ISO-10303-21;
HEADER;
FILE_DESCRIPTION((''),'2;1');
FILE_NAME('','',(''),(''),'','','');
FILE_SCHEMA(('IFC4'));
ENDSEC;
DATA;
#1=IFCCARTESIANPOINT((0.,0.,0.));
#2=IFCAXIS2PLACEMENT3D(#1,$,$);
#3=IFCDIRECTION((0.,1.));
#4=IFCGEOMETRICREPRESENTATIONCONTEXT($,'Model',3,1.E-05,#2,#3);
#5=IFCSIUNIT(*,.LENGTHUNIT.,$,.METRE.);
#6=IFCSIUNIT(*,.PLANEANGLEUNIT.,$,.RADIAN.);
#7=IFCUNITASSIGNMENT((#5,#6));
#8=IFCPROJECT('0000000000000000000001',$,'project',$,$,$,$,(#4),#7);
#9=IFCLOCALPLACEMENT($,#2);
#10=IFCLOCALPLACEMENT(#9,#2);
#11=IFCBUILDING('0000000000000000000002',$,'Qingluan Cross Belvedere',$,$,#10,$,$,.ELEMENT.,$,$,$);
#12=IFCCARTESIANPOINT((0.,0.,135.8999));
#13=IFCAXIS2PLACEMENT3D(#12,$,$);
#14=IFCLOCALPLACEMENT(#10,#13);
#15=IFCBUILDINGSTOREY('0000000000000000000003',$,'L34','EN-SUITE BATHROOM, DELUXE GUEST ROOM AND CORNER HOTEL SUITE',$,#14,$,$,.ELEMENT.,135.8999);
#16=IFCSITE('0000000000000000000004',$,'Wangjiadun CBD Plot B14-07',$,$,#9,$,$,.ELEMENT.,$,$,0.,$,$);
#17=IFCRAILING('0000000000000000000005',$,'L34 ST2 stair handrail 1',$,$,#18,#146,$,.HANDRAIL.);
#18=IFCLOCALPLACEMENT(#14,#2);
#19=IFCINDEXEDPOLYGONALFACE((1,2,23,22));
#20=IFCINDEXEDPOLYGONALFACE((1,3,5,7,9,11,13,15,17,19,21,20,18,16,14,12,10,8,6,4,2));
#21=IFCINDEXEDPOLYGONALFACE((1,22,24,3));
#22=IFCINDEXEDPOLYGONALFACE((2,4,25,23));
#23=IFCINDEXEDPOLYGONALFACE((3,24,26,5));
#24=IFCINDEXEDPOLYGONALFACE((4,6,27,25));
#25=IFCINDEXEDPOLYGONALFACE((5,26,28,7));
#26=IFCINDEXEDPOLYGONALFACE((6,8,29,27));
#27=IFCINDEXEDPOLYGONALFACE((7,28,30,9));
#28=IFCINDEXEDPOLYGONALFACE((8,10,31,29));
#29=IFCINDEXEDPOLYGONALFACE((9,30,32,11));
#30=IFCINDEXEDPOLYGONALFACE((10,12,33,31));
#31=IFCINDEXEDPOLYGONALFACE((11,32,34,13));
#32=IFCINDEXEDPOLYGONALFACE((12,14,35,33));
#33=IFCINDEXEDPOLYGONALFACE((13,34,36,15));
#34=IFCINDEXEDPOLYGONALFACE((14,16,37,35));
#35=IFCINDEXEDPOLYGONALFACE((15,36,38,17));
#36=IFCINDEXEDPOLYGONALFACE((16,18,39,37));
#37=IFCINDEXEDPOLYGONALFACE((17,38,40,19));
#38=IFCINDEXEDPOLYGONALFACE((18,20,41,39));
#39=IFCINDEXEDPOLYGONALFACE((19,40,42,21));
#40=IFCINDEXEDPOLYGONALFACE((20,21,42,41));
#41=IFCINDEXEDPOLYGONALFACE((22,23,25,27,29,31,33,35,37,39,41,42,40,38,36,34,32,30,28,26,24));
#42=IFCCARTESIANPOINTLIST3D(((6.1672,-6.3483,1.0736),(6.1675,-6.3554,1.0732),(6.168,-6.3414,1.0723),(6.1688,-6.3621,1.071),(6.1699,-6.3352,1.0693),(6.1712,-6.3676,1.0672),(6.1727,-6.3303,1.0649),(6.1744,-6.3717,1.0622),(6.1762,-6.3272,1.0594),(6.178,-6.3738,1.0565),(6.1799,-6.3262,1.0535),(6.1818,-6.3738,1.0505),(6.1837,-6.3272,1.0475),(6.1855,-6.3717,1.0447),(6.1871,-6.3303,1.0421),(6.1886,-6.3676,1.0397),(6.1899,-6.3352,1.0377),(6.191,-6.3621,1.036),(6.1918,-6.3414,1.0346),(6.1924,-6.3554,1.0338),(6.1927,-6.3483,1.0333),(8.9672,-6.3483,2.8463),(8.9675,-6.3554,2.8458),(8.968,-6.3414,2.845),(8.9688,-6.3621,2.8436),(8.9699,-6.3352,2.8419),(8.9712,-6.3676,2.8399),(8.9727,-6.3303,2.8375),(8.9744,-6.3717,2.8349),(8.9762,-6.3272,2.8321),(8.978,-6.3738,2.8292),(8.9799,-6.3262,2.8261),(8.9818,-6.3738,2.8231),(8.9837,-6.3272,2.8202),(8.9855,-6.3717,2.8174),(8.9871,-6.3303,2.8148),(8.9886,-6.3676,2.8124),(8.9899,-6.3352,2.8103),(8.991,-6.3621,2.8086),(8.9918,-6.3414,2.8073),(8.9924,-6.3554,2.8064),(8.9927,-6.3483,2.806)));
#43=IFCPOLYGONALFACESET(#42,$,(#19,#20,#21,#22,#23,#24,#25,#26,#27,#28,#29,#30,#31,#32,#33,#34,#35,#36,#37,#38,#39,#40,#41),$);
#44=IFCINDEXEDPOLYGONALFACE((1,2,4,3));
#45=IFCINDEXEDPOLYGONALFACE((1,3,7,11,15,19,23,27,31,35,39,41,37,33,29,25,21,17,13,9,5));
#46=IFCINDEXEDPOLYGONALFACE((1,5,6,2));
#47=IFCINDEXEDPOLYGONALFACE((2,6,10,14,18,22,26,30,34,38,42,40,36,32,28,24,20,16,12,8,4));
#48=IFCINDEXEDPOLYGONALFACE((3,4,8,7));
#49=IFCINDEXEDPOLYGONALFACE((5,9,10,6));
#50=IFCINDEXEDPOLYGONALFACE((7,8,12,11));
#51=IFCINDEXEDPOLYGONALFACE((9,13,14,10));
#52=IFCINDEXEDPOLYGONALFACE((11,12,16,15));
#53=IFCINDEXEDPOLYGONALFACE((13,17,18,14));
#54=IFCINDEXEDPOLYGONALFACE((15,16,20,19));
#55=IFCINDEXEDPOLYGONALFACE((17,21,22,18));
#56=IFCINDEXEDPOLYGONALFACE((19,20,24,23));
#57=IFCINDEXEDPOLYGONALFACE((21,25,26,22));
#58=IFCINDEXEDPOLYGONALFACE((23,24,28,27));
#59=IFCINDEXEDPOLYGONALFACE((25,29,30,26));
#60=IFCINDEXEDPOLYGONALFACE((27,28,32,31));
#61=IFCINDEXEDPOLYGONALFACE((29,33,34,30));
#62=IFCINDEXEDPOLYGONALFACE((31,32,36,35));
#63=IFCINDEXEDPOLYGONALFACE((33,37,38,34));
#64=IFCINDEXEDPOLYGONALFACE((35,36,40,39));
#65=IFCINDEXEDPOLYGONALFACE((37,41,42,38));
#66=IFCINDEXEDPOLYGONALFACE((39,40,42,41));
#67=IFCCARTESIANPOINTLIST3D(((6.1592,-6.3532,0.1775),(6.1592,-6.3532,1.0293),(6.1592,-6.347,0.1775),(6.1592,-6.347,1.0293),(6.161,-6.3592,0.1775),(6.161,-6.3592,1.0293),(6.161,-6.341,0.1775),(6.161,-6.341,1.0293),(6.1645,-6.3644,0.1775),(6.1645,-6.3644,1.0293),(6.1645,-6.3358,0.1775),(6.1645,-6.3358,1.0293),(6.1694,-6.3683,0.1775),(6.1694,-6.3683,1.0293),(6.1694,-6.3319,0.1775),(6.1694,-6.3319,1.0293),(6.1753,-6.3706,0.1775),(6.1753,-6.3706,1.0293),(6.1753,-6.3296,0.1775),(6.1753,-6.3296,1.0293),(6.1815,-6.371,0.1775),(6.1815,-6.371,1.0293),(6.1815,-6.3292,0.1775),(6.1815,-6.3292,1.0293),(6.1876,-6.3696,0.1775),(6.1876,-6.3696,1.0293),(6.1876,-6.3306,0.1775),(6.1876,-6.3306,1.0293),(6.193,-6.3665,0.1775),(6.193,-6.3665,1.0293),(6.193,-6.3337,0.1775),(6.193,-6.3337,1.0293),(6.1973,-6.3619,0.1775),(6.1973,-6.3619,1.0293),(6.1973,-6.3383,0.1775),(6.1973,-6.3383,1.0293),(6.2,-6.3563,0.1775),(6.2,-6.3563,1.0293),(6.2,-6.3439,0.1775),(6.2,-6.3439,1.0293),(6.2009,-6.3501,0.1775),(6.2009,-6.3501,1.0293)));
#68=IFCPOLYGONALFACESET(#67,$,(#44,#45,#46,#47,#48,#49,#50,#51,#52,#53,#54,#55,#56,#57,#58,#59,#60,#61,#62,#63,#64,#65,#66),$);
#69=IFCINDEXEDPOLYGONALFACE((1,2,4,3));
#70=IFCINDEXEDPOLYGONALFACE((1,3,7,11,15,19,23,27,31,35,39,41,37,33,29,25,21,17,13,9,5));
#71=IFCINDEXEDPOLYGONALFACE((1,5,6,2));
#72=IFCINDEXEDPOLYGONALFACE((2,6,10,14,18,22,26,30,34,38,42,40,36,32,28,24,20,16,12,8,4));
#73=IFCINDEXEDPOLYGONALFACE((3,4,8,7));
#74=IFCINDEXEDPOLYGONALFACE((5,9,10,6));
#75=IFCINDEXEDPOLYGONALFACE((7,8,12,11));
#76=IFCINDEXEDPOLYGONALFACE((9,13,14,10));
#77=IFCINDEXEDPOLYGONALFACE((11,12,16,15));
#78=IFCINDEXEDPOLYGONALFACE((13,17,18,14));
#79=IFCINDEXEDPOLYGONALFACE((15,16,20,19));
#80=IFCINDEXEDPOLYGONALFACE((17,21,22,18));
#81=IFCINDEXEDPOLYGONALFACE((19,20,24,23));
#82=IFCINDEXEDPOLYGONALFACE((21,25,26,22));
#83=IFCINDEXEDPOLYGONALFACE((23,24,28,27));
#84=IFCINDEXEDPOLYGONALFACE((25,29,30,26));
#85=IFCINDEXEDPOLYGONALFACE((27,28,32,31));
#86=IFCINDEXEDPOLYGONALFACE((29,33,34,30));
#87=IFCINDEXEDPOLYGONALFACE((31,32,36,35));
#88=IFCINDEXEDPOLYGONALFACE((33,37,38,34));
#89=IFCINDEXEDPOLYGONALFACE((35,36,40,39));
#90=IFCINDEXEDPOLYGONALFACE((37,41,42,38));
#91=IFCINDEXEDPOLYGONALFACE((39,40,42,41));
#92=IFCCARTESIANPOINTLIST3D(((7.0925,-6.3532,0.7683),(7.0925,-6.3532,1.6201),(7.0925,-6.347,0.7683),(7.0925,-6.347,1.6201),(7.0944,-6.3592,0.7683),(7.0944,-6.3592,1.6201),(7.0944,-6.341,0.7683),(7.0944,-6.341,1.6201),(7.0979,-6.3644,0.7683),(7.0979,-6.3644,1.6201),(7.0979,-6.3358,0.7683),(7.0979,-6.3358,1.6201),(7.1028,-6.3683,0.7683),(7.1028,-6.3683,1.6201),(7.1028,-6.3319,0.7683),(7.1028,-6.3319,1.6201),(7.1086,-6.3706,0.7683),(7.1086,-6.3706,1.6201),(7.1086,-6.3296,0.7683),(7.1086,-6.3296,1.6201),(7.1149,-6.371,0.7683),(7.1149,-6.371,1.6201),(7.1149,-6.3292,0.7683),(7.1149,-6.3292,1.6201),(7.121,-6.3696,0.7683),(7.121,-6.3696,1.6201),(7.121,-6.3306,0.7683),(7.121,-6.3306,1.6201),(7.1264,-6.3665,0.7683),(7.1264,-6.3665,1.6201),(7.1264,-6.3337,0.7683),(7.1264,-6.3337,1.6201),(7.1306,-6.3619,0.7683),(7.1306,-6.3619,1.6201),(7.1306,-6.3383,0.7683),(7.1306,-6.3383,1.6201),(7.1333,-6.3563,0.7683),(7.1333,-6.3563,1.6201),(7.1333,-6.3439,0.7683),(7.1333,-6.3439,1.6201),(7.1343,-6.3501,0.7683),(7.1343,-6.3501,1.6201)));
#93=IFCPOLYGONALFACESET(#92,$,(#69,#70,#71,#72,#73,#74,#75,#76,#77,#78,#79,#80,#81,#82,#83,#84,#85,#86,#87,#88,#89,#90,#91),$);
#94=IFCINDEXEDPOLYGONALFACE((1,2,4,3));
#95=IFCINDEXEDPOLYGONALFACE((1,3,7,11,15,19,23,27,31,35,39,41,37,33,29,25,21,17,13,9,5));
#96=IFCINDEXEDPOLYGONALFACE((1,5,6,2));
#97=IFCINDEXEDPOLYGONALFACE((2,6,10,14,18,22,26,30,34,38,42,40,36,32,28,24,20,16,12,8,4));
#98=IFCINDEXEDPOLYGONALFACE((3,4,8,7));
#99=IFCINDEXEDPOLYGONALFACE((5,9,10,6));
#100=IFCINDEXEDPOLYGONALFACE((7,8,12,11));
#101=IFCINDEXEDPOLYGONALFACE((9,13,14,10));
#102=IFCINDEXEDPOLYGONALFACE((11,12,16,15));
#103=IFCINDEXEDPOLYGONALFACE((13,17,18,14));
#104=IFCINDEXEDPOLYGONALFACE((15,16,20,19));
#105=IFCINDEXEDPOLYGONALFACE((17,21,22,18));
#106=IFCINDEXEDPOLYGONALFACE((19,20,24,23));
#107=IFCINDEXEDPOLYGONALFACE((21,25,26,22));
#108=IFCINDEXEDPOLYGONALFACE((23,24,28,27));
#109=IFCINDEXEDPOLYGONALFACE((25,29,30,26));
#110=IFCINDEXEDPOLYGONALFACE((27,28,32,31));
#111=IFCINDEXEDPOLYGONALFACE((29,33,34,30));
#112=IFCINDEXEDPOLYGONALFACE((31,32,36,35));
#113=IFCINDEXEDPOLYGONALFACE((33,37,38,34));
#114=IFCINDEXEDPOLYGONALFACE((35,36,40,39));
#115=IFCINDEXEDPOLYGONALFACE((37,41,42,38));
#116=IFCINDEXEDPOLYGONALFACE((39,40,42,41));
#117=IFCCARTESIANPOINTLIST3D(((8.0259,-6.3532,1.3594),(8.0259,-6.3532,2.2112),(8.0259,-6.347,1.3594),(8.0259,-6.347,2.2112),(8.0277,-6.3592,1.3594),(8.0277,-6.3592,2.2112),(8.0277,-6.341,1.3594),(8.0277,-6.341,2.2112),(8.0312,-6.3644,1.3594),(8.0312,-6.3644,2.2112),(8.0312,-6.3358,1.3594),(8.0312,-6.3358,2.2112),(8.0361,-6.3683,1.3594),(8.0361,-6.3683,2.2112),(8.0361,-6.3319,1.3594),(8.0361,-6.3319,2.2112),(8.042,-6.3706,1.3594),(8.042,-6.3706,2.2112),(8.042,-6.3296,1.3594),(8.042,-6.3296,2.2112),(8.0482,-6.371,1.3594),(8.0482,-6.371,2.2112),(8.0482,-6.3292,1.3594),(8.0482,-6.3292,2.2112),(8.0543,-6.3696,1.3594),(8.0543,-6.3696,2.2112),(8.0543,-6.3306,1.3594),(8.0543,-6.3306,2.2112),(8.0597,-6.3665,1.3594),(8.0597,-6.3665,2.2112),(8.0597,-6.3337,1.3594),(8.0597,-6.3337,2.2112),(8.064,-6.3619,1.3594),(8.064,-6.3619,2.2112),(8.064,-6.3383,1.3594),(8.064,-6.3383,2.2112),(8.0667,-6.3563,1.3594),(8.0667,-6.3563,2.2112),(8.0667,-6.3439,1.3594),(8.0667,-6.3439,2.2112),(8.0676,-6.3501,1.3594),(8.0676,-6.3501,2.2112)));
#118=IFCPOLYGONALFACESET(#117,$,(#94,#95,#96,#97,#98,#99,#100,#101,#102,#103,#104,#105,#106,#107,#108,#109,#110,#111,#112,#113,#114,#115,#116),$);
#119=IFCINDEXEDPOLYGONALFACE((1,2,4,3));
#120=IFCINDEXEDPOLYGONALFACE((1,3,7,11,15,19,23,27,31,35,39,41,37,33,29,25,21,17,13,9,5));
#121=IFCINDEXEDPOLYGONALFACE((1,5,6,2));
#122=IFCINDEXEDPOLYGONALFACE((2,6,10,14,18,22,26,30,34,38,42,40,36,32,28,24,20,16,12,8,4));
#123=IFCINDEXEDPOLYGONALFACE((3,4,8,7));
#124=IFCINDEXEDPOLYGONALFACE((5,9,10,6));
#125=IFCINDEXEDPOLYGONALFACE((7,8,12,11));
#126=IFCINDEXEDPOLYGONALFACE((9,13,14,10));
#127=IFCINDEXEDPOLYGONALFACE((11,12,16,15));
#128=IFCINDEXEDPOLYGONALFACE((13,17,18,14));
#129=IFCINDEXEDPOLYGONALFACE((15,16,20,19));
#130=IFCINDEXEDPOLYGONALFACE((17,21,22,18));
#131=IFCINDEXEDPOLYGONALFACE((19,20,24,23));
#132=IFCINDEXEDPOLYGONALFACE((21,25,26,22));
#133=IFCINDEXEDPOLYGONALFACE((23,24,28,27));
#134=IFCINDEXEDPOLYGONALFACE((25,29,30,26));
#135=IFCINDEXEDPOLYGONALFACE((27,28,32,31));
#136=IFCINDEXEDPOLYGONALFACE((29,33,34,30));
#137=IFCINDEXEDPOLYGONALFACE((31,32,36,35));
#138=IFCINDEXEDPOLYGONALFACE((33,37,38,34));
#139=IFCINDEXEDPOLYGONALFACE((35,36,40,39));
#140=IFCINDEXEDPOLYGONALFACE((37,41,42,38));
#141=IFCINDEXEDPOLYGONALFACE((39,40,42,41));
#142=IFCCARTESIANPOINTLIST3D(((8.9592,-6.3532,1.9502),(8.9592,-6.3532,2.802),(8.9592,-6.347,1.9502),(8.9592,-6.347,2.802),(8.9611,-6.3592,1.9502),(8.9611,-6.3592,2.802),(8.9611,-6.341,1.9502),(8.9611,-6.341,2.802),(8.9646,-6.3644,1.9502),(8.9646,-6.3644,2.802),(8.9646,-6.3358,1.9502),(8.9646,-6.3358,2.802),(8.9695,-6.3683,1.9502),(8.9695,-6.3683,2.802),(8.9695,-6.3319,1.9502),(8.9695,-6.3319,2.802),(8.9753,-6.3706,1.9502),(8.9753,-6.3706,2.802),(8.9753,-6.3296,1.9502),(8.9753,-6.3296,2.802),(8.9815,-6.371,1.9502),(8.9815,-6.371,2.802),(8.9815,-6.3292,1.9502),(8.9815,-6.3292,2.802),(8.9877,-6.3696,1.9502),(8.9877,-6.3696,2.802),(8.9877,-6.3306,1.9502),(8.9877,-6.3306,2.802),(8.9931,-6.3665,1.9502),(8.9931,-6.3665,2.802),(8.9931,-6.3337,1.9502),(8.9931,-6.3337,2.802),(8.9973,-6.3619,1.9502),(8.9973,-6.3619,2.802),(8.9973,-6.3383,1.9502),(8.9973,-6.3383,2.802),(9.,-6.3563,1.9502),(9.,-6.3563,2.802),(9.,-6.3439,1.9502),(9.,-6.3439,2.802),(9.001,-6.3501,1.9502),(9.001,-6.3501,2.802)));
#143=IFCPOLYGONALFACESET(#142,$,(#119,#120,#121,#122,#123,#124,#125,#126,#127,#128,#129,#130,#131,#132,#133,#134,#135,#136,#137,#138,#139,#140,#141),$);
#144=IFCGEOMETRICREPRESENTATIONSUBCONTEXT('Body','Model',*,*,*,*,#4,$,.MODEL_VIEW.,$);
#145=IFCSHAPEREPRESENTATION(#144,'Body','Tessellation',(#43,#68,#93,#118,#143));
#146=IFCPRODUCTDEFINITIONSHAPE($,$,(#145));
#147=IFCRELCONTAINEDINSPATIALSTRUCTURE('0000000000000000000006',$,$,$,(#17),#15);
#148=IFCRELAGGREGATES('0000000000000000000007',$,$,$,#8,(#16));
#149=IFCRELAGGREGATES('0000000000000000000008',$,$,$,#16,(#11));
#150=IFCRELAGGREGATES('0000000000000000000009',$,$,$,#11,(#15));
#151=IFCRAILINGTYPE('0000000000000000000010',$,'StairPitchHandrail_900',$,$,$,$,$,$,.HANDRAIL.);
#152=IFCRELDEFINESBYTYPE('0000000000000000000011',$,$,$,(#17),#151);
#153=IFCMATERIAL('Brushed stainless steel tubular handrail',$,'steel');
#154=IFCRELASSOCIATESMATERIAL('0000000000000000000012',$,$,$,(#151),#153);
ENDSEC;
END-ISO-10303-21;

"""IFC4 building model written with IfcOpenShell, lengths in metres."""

from ifc_helpers import new_model, si_unit, direction, frame, origin, origin_2d, place, context, subcontext, project, spatial, circle, extrude, material, type_object, element, save


model = new_model("IFC4")

# Units and contexts
model_context = context("Model", 3, precision=1e-05, world=origin(), true_north=direction((0.0, 1.0)))
body_context = subcontext(model_context, "Body", "Model", "MODEL_VIEW")
ifc_project = project(units=[si_unit("LENGTHUNIT", "METRE"), si_unit("PLANEANGLEUNIT", "RADIAN")], contexts=[model_context])

# Site, building, storey
site_placement = place(None, origin())
site = spatial("IfcSite", under=ifc_project, at=site_placement, Name="Wangjiadun CBD Plot B14-07", CompositionType="ELEMENT", RefElevation=0.0)
building_placement = place(site_placement, origin())
building = spatial("IfcBuilding", under=site, at=building_placement, Name="Qingluan Cross Belvedere", CompositionType="ELEMENT")
storey_placement = place(building_placement, frame((0.0, 0.0, 135.8999)))
storey = spatial("IfcBuildingStorey", under=building, at=storey_placement, Name="L34", Description="EN-SUITE BATHROOM, DELUXE GUEST ROOM AND CORNER HOTEL SUITE", CompositionType="ELEMENT", Elevation=135.8999)

# Railing
ifc_material_1 = material(Name="Brushed stainless steel tubular handrail", Category="steel")
railing_type_1 = type_object("IfcRailingType", Name="StairPitchHandrail_900", PredefinedType="HANDRAIL", material=ifc_material_1)
railing_1_placement = place(storey_placement, frame((6.1799, -6.3501, 0.1775)))
element("IfcRailing", 1, at=railing_1_placement, inside=storey, type_object=railing_type_1, Name="L34 ST2 stair handrail 1", PredefinedType="HANDRAIL", context=body_context, shape_type="SweptSolid", body=[
    extrude(circle(Radius=0.0239, at=origin_2d()), frame((0.0, 0.0, 0.876), z_axis=(0.844909, 0.0, 0.53491), x_axis=(0.0, 1.0, 0.0)), (0.0, 0.0, 1.0), 3.314),
    extrude(circle(Radius=0.021, at=origin_2d()), origin(), (0.0, 0.0, 1.0), 0.8518),
    extrude(circle(Radius=0.021, at=origin_2d()), frame((0.9333, 0.0, 0.5908)), (0.0, 0.0, 1.0), 0.8518),
    extrude(circle(Radius=0.021, at=origin_2d()), frame((1.8667, 0.0, 1.1819)), (0.0, 0.0, 1.0), 0.8518),
    extrude(circle(Radius=0.021, at=origin_2d()), frame((2.8, 0.0, 1.7727)), (0.0, 0.0, 1.0), 0.8518),
])

save(model, "model.ifc")
